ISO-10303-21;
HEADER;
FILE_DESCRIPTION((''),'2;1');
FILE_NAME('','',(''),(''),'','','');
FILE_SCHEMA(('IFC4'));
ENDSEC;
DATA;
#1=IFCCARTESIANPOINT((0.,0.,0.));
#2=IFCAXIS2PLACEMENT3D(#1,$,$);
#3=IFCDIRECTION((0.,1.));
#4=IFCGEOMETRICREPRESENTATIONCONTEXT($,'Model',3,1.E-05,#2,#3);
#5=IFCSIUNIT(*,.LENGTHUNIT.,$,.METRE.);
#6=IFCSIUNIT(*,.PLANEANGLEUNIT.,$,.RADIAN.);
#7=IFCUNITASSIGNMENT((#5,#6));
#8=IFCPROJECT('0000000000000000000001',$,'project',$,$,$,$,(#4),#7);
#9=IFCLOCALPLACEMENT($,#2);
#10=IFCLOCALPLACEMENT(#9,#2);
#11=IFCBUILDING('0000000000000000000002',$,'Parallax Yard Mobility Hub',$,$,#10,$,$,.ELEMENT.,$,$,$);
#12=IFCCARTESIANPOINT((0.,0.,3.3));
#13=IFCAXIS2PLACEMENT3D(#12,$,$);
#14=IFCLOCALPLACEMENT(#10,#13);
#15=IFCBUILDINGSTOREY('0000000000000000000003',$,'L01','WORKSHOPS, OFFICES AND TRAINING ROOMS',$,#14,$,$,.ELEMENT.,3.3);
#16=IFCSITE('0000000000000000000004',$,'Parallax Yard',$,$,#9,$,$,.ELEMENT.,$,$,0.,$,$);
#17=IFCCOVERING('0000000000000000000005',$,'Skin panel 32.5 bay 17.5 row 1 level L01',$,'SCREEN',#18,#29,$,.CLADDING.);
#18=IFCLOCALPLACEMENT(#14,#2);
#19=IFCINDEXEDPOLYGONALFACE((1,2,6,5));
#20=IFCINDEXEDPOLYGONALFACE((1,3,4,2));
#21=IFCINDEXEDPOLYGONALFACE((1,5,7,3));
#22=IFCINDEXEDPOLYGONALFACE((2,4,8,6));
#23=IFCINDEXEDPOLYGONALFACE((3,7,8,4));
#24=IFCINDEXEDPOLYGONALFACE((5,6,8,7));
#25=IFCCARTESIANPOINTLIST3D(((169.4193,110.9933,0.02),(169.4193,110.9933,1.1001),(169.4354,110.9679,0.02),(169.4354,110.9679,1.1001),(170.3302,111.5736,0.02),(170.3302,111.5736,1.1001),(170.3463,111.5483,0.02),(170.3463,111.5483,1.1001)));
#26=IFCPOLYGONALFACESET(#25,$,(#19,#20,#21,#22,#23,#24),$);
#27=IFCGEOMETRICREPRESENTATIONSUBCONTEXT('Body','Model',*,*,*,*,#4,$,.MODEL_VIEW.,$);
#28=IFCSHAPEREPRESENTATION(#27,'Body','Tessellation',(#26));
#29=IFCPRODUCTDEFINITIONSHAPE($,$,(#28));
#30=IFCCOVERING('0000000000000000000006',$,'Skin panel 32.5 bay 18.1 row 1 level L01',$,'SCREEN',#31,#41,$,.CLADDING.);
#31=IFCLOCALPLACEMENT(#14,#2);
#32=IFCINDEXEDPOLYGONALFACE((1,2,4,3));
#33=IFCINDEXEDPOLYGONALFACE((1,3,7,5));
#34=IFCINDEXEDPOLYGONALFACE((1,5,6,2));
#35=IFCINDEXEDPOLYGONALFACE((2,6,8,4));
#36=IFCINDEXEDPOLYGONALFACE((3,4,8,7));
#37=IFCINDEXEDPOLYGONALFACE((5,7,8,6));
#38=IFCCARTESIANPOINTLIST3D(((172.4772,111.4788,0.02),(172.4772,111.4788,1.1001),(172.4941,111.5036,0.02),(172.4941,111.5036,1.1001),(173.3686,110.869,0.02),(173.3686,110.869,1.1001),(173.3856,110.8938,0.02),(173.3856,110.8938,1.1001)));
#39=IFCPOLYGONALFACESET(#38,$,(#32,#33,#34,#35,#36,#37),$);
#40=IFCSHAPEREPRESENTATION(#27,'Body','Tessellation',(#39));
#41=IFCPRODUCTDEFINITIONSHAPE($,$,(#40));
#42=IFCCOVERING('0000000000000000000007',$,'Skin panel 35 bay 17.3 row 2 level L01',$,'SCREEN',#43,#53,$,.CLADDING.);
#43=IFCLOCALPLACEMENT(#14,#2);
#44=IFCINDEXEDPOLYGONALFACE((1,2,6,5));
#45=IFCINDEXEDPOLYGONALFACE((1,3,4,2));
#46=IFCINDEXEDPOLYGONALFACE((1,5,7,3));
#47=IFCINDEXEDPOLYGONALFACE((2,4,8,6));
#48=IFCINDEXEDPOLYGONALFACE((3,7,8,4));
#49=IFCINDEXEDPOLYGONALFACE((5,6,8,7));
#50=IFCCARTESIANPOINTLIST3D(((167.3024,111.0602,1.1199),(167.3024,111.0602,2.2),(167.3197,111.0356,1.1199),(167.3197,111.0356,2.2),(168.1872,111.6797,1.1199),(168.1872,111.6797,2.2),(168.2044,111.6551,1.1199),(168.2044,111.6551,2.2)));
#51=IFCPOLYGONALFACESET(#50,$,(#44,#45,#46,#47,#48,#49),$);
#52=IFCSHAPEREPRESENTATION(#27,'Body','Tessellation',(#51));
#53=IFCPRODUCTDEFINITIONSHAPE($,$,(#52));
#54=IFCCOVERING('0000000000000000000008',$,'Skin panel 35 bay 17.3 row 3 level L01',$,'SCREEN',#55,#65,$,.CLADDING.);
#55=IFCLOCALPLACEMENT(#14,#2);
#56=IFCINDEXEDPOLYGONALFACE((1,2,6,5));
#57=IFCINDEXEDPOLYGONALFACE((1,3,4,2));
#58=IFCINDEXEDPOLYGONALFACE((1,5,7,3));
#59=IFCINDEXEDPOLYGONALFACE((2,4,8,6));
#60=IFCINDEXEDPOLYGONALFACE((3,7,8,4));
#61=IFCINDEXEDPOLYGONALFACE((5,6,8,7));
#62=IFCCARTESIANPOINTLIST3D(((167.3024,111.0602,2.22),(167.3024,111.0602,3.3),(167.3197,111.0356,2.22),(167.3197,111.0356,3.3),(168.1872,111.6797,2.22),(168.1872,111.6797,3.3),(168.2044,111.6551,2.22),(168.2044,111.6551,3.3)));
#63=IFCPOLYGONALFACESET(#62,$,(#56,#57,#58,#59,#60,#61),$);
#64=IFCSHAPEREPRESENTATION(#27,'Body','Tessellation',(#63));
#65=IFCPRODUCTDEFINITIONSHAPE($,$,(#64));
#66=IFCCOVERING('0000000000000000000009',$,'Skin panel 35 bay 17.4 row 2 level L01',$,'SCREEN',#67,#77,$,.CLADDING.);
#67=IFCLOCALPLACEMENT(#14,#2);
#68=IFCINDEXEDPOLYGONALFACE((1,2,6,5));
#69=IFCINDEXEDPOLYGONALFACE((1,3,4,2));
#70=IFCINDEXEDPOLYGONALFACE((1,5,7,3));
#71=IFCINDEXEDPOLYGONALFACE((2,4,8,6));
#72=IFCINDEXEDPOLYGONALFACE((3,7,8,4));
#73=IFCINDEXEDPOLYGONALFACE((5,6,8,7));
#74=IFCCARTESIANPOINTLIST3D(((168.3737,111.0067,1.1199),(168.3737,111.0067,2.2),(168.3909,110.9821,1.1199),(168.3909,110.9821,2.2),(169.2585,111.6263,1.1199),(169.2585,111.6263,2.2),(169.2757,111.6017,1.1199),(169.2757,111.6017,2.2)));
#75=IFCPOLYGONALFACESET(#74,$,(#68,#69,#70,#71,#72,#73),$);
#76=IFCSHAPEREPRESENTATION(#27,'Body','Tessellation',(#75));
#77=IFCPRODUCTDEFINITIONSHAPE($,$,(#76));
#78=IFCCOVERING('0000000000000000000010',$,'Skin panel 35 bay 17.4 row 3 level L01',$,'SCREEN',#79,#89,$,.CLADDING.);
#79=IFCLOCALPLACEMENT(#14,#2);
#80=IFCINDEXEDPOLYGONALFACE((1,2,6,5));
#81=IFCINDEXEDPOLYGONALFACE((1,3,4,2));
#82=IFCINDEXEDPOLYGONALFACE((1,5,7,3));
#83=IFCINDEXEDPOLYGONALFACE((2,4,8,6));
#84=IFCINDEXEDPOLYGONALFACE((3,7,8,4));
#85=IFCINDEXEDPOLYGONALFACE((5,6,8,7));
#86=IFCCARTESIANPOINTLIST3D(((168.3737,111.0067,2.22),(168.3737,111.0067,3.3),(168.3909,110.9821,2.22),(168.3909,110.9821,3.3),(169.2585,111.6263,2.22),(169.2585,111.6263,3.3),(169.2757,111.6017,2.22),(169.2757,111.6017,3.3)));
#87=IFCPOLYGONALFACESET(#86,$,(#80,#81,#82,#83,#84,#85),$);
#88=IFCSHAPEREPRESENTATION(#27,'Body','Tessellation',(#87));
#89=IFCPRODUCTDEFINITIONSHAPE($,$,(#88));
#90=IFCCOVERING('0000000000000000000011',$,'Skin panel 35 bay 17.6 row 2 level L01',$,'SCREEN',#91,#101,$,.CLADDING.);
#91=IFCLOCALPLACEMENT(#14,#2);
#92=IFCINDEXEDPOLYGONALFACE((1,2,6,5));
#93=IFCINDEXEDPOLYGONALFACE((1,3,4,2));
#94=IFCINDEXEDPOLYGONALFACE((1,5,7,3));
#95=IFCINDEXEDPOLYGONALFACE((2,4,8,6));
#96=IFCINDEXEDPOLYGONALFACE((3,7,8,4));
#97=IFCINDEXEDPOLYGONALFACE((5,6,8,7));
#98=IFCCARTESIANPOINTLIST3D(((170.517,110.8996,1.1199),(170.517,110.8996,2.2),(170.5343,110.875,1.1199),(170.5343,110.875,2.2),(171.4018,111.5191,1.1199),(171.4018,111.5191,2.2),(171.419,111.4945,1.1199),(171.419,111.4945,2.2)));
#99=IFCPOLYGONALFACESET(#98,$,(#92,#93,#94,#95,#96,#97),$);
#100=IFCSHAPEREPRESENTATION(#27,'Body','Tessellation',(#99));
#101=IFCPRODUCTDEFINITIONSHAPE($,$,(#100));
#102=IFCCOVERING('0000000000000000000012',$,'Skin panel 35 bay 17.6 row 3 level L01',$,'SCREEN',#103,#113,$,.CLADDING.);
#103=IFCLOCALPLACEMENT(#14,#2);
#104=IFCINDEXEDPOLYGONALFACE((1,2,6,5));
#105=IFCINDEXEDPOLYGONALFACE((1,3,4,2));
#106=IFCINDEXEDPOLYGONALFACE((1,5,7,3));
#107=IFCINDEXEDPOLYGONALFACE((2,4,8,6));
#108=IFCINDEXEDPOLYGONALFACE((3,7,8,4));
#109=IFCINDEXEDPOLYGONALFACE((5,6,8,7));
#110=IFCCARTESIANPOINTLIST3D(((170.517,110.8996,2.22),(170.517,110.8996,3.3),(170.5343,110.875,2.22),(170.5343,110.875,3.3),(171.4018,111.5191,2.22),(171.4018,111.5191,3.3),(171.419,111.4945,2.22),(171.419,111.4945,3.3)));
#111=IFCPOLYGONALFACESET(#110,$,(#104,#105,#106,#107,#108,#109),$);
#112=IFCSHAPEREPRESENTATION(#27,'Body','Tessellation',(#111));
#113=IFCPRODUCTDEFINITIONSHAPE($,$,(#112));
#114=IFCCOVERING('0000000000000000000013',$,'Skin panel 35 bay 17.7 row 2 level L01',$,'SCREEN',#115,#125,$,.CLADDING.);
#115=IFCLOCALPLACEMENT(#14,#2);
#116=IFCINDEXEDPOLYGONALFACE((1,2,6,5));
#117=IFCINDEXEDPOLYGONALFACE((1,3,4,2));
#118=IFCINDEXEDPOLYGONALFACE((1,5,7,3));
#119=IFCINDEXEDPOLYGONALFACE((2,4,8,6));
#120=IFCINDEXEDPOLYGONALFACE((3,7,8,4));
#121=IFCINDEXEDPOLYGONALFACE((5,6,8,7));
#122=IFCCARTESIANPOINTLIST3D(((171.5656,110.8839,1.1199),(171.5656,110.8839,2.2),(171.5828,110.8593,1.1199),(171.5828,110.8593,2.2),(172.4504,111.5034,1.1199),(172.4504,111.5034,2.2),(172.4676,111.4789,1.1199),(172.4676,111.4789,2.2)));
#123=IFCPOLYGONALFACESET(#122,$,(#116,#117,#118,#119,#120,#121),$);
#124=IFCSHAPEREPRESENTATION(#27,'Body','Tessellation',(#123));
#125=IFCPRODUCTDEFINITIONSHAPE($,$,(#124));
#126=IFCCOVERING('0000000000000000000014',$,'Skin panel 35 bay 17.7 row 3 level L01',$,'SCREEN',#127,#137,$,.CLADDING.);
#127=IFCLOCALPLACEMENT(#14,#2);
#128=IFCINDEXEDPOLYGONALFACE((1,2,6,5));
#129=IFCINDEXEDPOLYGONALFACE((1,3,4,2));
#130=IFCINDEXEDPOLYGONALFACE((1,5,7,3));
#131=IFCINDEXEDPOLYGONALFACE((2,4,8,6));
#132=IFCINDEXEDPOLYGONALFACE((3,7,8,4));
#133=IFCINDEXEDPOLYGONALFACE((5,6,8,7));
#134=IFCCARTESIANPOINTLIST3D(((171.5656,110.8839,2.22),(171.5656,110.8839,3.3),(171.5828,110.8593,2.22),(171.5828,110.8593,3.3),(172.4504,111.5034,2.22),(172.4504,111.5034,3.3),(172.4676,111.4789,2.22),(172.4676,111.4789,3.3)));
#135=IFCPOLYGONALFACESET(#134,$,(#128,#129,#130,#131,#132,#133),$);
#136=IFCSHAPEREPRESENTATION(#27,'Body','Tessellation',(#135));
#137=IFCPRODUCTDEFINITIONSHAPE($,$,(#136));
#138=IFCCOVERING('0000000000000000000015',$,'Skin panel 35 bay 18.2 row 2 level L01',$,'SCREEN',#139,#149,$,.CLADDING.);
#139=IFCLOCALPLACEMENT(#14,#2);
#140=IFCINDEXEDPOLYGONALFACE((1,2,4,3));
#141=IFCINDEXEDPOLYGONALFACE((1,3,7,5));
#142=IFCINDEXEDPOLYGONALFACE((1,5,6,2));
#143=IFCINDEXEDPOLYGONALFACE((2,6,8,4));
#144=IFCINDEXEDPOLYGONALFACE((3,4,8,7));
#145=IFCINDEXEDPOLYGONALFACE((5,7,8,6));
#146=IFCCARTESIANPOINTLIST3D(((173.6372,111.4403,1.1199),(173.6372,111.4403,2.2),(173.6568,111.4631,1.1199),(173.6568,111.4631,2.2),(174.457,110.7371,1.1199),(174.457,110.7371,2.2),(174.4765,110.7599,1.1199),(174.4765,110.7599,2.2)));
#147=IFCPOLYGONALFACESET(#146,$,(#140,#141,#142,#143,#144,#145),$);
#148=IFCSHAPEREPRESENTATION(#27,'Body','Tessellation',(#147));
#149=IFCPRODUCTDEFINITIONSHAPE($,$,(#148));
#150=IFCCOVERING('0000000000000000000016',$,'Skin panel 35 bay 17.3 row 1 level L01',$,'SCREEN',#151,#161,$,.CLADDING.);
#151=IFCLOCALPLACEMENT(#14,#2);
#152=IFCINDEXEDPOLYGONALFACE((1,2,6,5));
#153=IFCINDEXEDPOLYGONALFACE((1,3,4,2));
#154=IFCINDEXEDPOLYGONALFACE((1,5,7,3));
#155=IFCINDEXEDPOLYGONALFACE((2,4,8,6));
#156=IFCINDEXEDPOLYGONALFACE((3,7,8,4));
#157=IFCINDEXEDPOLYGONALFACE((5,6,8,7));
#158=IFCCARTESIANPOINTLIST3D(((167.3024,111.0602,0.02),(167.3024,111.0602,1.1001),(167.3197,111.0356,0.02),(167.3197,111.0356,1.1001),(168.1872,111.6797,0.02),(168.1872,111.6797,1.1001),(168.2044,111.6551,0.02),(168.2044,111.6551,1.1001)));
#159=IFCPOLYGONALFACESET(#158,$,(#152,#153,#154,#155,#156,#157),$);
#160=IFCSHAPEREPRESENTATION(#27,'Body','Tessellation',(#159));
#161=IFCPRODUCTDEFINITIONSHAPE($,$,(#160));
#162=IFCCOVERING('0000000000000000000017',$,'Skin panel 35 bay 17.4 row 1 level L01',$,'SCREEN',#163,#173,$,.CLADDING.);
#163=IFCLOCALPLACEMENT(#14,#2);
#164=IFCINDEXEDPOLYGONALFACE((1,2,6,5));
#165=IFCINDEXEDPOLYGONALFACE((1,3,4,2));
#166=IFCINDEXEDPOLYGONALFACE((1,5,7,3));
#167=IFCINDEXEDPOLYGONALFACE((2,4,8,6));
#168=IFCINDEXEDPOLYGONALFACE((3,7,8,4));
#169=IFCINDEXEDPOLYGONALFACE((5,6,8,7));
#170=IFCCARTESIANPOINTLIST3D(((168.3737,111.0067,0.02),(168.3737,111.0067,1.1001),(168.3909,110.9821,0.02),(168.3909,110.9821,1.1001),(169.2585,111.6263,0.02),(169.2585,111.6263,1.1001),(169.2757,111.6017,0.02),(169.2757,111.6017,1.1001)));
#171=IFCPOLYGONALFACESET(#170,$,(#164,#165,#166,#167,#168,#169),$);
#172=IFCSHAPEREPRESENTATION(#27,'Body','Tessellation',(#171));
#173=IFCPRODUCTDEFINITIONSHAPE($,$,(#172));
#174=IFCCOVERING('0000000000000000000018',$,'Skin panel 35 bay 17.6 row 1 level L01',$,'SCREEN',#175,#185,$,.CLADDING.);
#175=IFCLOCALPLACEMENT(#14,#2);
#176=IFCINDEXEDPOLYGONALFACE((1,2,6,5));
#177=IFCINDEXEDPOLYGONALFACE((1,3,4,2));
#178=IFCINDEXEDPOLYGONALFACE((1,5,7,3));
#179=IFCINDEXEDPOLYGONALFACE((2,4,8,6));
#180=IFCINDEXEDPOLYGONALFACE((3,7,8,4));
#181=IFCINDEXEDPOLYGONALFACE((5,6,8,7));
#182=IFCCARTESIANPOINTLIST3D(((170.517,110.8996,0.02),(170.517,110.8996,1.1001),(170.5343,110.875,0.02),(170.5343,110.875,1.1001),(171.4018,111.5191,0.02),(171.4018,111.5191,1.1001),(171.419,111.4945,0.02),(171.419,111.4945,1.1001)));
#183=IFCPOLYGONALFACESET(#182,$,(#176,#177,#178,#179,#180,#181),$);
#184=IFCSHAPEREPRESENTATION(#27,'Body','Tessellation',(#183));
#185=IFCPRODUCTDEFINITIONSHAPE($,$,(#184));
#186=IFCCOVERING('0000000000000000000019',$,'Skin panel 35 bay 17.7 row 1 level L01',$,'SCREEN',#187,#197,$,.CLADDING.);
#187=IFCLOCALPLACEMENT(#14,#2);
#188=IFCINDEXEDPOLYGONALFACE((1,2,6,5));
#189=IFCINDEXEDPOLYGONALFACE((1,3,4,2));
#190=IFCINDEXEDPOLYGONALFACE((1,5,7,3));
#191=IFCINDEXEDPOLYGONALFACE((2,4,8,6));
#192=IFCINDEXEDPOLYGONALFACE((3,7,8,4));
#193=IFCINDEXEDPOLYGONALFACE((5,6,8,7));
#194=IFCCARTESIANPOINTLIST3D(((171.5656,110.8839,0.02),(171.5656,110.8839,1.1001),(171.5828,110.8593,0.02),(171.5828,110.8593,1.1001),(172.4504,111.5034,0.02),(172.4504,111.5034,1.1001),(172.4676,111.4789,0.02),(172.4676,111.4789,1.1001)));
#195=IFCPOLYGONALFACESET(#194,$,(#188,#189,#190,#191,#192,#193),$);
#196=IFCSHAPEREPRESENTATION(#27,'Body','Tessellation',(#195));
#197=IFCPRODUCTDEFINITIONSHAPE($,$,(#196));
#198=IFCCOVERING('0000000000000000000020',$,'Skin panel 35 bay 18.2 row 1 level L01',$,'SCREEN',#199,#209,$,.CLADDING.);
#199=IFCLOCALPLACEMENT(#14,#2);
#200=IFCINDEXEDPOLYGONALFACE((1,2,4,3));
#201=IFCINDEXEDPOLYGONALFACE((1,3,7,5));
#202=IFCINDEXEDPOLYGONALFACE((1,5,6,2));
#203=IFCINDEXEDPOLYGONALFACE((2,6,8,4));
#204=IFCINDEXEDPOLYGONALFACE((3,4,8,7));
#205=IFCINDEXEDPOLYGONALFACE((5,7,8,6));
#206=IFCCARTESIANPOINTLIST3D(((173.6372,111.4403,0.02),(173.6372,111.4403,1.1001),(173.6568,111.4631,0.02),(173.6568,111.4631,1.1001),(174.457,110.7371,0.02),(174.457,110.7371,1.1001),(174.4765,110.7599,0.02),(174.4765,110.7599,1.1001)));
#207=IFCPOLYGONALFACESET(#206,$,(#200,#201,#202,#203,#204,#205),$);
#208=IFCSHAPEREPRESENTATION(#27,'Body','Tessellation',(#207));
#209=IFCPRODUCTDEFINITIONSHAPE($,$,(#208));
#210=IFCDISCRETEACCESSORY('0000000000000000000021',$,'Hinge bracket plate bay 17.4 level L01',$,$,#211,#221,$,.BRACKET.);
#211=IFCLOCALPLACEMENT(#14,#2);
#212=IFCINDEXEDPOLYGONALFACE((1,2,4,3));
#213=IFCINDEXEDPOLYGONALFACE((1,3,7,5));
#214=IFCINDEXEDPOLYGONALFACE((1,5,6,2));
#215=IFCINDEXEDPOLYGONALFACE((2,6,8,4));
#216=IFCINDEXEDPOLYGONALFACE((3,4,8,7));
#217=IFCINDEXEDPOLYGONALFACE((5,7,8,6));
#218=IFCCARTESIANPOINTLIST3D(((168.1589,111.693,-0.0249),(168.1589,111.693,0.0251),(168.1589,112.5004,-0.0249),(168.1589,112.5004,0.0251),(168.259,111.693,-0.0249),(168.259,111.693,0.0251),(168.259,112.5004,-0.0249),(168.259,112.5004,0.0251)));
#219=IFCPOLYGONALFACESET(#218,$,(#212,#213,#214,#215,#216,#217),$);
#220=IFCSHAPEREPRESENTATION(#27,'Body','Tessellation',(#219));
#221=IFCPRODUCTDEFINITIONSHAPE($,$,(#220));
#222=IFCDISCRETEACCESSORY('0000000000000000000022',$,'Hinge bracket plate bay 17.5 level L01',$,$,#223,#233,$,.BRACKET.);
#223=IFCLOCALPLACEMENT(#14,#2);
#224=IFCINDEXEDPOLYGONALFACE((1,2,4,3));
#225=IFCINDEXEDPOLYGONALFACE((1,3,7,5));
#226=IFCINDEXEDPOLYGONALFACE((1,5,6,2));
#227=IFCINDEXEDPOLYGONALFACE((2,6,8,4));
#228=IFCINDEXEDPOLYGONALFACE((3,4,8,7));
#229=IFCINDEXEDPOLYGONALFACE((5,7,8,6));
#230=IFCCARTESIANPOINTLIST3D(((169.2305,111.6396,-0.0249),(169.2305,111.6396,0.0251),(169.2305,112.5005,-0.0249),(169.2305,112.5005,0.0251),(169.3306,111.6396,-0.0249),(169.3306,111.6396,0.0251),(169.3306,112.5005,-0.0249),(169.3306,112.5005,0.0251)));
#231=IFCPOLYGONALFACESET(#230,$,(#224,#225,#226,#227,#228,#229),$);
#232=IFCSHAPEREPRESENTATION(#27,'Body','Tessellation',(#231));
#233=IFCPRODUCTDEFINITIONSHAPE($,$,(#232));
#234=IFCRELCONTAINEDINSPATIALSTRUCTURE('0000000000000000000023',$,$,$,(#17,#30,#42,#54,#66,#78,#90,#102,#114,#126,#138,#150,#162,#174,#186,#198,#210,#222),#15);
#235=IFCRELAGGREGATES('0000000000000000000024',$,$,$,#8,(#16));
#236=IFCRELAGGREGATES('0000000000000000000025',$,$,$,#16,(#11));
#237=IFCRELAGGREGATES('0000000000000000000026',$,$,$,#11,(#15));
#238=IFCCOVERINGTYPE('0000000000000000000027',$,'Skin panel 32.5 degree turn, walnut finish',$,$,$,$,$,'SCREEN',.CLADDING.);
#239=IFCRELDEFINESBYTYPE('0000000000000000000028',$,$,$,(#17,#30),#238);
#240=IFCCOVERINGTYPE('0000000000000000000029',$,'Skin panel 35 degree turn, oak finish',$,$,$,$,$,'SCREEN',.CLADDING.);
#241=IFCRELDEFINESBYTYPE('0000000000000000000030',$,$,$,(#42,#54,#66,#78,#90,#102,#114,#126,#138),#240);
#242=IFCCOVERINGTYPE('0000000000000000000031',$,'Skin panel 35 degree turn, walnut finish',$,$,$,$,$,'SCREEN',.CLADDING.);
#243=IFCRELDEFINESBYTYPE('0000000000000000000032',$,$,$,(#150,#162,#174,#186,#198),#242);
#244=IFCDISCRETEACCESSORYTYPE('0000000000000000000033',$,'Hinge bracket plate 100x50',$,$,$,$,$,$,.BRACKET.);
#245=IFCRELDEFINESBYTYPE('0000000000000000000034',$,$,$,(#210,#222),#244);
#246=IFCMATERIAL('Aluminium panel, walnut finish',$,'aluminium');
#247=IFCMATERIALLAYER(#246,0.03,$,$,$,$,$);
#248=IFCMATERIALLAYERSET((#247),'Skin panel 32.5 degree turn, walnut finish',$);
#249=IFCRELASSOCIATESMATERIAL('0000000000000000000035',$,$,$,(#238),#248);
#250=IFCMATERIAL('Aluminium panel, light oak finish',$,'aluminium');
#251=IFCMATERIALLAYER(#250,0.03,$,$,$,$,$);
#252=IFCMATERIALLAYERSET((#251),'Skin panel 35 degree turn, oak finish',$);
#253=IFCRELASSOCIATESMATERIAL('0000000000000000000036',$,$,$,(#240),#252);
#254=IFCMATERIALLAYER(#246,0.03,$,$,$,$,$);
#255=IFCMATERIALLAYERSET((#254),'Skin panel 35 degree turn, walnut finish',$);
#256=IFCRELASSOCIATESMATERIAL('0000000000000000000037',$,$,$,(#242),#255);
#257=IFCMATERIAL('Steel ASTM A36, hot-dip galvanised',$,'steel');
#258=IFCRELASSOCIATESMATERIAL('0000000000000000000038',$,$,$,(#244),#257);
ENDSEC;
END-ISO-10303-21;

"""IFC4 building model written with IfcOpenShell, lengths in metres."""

from ifc_helpers import new_model, si_unit, direction, frame, origin, origin_2d, place, context, subcontext, project, spatial, rectangle, extrude, material, layer, layer_set, type_object, element, save


model = new_model("IFC4")

# Units and contexts
model_context = context("Model", 3, precision=1e-05, world=origin(), true_north=direction((0.0, 1.0)))
body_context = subcontext(model_context, "Body", "Model", "MODEL_VIEW")
ifc_project = project(units=[si_unit("LENGTHUNIT", "METRE"), si_unit("PLANEANGLEUNIT", "RADIAN")], contexts=[model_context])

# Site, building, storey
site_placement = place(None, origin())
site = spatial("IfcSite", under=ifc_project, at=site_placement, Name="Parallax Yard", CompositionType="ELEMENT", RefElevation=0.0)
building_placement = place(site_placement, origin())
building = spatial("IfcBuilding", under=site, at=building_placement, Name="Parallax Yard Mobility Hub", CompositionType="ELEMENT")
storey_placement = place(building_placement, frame((0.0, 0.0, 3.3)))
storey = spatial("IfcBuildingStorey", under=building, at=storey_placement, Name="L01", Description="WORKSHOPS, OFFICES AND TRAINING ROOMS", CompositionType="ELEMENT", Elevation=3.3)

# Coverings
ifc_material_1 = material(Name="Aluminium panel, light oak finish", Category="aluminium")
ifc_material_2 = material(Name="Aluminium panel, walnut finish", Category="aluminium")
ifc_layer_1 = layer(ifc_material_2, 0.03)
ifc_layer_set_1 = layer_set([ifc_layer_1], Name="Skin panel 32.5 degree turn, walnut finish")
covering_type_1 = type_object("IfcCoveringType", Name="Skin panel 32.5 degree turn, walnut finish", ElementType="SCREEN", PredefinedType="CLADDING", material=ifc_layer_set_1)
for number, where, z_axis, x_axis, name in (
    (1, (169.8828, 111.2708, 0.02), (0.0, 0.0, 1.0), (-0.843391, -0.5373, 0.0), "Skin panel 32.5 bay 17.5 row 1 level L01"),
    (2, (172.9314, 111.1863, 0.02), (0.0, 0.0, 1.0), (0.82536, -0.564607, 0.0), "Skin panel 32.5 bay 18.1 row 1 level L01"),
):
    element("IfcCovering", number, at=place(storey_placement, frame(where, z_axis=z_axis, x_axis=x_axis)), inside=storey, type_object=covering_type_1, Name=name, ObjectType="SCREEN", PredefinedType="CLADDING", context=body_context, shape_type="SweptSolid", body=[
        extrude(rectangle(XDim=1.0801, YDim=0.03, at=origin_2d()), origin(), (0.0, 0.0, 1.0), 1.0801),
    ])
ifc_layer_2 = layer(ifc_material_1, 0.03)
ifc_layer_set_2 = layer_set([ifc_layer_2], Name="Skin panel 35 degree turn, oak finish")
covering_type_2 = type_object("IfcCoveringType", Name="Skin panel 35 degree turn, oak finish", ElementType="SCREEN", PredefinedType="CLADDING", material=ifc_layer_set_2)
for number, where, z_axis, x_axis, name in (
    (3, (167.7534, 111.3577, 1.1199), (0.0, 0.0, 1.0), (-0.819152, -0.573576, 0.0), "Skin panel 35 bay 17.3 row 2 level L01"),
    (4, (167.7534, 111.3577, 2.22), (0.0, 0.0, 1.0), (-0.819152, -0.573576, 0.0), "Skin panel 35 bay 17.3 row 3 level L01"),
    (5, (168.8247, 111.3042, 1.1199), (0.0, 0.0, 1.0), (-0.819152, -0.573576, 0.0), "Skin panel 35 bay 17.4 row 2 level L01"),
    (6, (168.8247, 111.3042, 2.22), (0.0, 0.0, 1.0), (-0.819152, -0.573576, 0.0), "Skin panel 35 bay 17.4 row 3 level L01"),
    (7, (170.968, 111.197, 1.1199), (0.0, 0.0, 1.0), (-0.819152, -0.573576, 0.0), "Skin panel 35 bay 17.6 row 2 level L01"),
    (8, (170.968, 111.197, 2.22), (0.0, 0.0, 1.0), (-0.819152, -0.573576, 0.0), "Skin panel 35 bay 17.6 row 3 level L01"),
    (9, (172.0166, 111.1814, 1.1199), (0.0, 0.0, 1.0), (-0.819152, -0.573576, 0.0), "Skin panel 35 bay 17.7 row 2 level L01"),
    (10, (172.0166, 111.1814, 2.22), (0.0, 0.0, 1.0), (-0.819152, -0.573576, 0.0), "Skin panel 35 bay 17.7 row 3 level L01"),
    (11, (174.0569, 111.1001, 1.1199), (0.0, 0.0, 1.0), (0.758987, -0.651105, 0.0), "Skin panel 35 bay 18.2 row 2 level L01"),
):
    element("IfcCovering", number, at=place(storey_placement, frame(where, z_axis=z_axis, x_axis=x_axis)), inside=storey, type_object=covering_type_2, Name=name, ObjectType="SCREEN", PredefinedType="CLADDING", context=body_context, shape_type="SweptSolid", body=[
        extrude(rectangle(XDim=1.0801, YDim=0.03, at=origin_2d()), origin(), (0.0, 0.0, 1.0), 1.0801),
    ])
ifc_layer_3 = layer(ifc_material_2, 0.03)
ifc_layer_set_3 = layer_set([ifc_layer_3], Name="Skin panel 35 degree turn, walnut finish")
covering_type_3 = type_object("IfcCoveringType", Name="Skin panel 35 degree turn, walnut finish", ElementType="SCREEN", PredefinedType="CLADDING", material=ifc_layer_set_3)
for number, where, z_axis, x_axis, name in (
    (12, (167.7534, 111.3577, 0.02), (0.0, 0.0, 1.0), (-0.819152, -0.573576, 0.0), "Skin panel 35 bay 17.3 row 1 level L01"),
    (13, (168.8247, 111.3042, 0.02), (0.0, 0.0, 1.0), (-0.819152, -0.573576, 0.0), "Skin panel 35 bay 17.4 row 1 level L01"),
    (14, (170.968, 111.197, 0.02), (0.0, 0.0, 1.0), (-0.819152, -0.573576, 0.0), "Skin panel 35 bay 17.6 row 1 level L01"),
    (15, (172.0166, 111.1814, 0.02), (0.0, 0.0, 1.0), (-0.819152, -0.573576, 0.0), "Skin panel 35 bay 17.7 row 1 level L01"),
    (16, (174.0569, 111.1001, 0.02), (0.0, 0.0, 1.0), (0.758987, -0.651105, 0.0), "Skin panel 35 bay 18.2 row 1 level L01"),
):
    element("IfcCovering", number, at=place(storey_placement, frame(where, z_axis=z_axis, x_axis=x_axis)), inside=storey, type_object=covering_type_3, Name=name, ObjectType="SCREEN", PredefinedType="CLADDING", context=body_context, shape_type="SweptSolid", body=[
        extrude(rectangle(XDim=1.0801, YDim=0.03, at=origin_2d()), origin(), (0.0, 0.0, 1.0), 1.0801),
    ])

# Discrete accessories
ifc_material_3 = material(Name="Steel ASTM A36, hot-dip galvanised", Category="steel")
discrete_accessory_type_1 = type_object("IfcDiscreteAccessoryType", Name="Hinge bracket plate 100x50", PredefinedType="BRACKET", material=ifc_material_3)
discrete_accessory_1_placement = place(storey_placement, frame((168.209, 112.0967, -0.0249), z_axis=(0.0, 0.0, 1.0), x_axis=(0.0, -1.0, 0.0)))
element("IfcDiscreteAccessory", 17, at=discrete_accessory_1_placement, inside=storey, type_object=discrete_accessory_type_1, Name="Hinge bracket plate bay 17.4 level L01", PredefinedType="BRACKET", context=body_context, shape_type="SweptSolid", body=[
    extrude(rectangle(XDim=0.8074, YDim=0.1001, at=origin_2d()), origin(), (0.0, 0.0, 1.0), 0.05),
])
discrete_accessory_2_placement = place(storey_placement, frame((169.2805, 112.0701, -0.0249), z_axis=(0.0, 0.0, 1.0), x_axis=(0.0, -1.0, 0.0)))
element("IfcDiscreteAccessory", 18, at=discrete_accessory_2_placement, inside=storey, type_object=discrete_accessory_type_1, Name="Hinge bracket plate bay 17.5 level L01", PredefinedType="BRACKET", context=body_context, shape_type="SweptSolid", body=[
    extrude(rectangle(XDim=0.8608, YDim=0.1001, at=origin_2d()), origin(), (0.0, 0.0, 1.0), 0.05),
])

save(model, "model.ifc")
